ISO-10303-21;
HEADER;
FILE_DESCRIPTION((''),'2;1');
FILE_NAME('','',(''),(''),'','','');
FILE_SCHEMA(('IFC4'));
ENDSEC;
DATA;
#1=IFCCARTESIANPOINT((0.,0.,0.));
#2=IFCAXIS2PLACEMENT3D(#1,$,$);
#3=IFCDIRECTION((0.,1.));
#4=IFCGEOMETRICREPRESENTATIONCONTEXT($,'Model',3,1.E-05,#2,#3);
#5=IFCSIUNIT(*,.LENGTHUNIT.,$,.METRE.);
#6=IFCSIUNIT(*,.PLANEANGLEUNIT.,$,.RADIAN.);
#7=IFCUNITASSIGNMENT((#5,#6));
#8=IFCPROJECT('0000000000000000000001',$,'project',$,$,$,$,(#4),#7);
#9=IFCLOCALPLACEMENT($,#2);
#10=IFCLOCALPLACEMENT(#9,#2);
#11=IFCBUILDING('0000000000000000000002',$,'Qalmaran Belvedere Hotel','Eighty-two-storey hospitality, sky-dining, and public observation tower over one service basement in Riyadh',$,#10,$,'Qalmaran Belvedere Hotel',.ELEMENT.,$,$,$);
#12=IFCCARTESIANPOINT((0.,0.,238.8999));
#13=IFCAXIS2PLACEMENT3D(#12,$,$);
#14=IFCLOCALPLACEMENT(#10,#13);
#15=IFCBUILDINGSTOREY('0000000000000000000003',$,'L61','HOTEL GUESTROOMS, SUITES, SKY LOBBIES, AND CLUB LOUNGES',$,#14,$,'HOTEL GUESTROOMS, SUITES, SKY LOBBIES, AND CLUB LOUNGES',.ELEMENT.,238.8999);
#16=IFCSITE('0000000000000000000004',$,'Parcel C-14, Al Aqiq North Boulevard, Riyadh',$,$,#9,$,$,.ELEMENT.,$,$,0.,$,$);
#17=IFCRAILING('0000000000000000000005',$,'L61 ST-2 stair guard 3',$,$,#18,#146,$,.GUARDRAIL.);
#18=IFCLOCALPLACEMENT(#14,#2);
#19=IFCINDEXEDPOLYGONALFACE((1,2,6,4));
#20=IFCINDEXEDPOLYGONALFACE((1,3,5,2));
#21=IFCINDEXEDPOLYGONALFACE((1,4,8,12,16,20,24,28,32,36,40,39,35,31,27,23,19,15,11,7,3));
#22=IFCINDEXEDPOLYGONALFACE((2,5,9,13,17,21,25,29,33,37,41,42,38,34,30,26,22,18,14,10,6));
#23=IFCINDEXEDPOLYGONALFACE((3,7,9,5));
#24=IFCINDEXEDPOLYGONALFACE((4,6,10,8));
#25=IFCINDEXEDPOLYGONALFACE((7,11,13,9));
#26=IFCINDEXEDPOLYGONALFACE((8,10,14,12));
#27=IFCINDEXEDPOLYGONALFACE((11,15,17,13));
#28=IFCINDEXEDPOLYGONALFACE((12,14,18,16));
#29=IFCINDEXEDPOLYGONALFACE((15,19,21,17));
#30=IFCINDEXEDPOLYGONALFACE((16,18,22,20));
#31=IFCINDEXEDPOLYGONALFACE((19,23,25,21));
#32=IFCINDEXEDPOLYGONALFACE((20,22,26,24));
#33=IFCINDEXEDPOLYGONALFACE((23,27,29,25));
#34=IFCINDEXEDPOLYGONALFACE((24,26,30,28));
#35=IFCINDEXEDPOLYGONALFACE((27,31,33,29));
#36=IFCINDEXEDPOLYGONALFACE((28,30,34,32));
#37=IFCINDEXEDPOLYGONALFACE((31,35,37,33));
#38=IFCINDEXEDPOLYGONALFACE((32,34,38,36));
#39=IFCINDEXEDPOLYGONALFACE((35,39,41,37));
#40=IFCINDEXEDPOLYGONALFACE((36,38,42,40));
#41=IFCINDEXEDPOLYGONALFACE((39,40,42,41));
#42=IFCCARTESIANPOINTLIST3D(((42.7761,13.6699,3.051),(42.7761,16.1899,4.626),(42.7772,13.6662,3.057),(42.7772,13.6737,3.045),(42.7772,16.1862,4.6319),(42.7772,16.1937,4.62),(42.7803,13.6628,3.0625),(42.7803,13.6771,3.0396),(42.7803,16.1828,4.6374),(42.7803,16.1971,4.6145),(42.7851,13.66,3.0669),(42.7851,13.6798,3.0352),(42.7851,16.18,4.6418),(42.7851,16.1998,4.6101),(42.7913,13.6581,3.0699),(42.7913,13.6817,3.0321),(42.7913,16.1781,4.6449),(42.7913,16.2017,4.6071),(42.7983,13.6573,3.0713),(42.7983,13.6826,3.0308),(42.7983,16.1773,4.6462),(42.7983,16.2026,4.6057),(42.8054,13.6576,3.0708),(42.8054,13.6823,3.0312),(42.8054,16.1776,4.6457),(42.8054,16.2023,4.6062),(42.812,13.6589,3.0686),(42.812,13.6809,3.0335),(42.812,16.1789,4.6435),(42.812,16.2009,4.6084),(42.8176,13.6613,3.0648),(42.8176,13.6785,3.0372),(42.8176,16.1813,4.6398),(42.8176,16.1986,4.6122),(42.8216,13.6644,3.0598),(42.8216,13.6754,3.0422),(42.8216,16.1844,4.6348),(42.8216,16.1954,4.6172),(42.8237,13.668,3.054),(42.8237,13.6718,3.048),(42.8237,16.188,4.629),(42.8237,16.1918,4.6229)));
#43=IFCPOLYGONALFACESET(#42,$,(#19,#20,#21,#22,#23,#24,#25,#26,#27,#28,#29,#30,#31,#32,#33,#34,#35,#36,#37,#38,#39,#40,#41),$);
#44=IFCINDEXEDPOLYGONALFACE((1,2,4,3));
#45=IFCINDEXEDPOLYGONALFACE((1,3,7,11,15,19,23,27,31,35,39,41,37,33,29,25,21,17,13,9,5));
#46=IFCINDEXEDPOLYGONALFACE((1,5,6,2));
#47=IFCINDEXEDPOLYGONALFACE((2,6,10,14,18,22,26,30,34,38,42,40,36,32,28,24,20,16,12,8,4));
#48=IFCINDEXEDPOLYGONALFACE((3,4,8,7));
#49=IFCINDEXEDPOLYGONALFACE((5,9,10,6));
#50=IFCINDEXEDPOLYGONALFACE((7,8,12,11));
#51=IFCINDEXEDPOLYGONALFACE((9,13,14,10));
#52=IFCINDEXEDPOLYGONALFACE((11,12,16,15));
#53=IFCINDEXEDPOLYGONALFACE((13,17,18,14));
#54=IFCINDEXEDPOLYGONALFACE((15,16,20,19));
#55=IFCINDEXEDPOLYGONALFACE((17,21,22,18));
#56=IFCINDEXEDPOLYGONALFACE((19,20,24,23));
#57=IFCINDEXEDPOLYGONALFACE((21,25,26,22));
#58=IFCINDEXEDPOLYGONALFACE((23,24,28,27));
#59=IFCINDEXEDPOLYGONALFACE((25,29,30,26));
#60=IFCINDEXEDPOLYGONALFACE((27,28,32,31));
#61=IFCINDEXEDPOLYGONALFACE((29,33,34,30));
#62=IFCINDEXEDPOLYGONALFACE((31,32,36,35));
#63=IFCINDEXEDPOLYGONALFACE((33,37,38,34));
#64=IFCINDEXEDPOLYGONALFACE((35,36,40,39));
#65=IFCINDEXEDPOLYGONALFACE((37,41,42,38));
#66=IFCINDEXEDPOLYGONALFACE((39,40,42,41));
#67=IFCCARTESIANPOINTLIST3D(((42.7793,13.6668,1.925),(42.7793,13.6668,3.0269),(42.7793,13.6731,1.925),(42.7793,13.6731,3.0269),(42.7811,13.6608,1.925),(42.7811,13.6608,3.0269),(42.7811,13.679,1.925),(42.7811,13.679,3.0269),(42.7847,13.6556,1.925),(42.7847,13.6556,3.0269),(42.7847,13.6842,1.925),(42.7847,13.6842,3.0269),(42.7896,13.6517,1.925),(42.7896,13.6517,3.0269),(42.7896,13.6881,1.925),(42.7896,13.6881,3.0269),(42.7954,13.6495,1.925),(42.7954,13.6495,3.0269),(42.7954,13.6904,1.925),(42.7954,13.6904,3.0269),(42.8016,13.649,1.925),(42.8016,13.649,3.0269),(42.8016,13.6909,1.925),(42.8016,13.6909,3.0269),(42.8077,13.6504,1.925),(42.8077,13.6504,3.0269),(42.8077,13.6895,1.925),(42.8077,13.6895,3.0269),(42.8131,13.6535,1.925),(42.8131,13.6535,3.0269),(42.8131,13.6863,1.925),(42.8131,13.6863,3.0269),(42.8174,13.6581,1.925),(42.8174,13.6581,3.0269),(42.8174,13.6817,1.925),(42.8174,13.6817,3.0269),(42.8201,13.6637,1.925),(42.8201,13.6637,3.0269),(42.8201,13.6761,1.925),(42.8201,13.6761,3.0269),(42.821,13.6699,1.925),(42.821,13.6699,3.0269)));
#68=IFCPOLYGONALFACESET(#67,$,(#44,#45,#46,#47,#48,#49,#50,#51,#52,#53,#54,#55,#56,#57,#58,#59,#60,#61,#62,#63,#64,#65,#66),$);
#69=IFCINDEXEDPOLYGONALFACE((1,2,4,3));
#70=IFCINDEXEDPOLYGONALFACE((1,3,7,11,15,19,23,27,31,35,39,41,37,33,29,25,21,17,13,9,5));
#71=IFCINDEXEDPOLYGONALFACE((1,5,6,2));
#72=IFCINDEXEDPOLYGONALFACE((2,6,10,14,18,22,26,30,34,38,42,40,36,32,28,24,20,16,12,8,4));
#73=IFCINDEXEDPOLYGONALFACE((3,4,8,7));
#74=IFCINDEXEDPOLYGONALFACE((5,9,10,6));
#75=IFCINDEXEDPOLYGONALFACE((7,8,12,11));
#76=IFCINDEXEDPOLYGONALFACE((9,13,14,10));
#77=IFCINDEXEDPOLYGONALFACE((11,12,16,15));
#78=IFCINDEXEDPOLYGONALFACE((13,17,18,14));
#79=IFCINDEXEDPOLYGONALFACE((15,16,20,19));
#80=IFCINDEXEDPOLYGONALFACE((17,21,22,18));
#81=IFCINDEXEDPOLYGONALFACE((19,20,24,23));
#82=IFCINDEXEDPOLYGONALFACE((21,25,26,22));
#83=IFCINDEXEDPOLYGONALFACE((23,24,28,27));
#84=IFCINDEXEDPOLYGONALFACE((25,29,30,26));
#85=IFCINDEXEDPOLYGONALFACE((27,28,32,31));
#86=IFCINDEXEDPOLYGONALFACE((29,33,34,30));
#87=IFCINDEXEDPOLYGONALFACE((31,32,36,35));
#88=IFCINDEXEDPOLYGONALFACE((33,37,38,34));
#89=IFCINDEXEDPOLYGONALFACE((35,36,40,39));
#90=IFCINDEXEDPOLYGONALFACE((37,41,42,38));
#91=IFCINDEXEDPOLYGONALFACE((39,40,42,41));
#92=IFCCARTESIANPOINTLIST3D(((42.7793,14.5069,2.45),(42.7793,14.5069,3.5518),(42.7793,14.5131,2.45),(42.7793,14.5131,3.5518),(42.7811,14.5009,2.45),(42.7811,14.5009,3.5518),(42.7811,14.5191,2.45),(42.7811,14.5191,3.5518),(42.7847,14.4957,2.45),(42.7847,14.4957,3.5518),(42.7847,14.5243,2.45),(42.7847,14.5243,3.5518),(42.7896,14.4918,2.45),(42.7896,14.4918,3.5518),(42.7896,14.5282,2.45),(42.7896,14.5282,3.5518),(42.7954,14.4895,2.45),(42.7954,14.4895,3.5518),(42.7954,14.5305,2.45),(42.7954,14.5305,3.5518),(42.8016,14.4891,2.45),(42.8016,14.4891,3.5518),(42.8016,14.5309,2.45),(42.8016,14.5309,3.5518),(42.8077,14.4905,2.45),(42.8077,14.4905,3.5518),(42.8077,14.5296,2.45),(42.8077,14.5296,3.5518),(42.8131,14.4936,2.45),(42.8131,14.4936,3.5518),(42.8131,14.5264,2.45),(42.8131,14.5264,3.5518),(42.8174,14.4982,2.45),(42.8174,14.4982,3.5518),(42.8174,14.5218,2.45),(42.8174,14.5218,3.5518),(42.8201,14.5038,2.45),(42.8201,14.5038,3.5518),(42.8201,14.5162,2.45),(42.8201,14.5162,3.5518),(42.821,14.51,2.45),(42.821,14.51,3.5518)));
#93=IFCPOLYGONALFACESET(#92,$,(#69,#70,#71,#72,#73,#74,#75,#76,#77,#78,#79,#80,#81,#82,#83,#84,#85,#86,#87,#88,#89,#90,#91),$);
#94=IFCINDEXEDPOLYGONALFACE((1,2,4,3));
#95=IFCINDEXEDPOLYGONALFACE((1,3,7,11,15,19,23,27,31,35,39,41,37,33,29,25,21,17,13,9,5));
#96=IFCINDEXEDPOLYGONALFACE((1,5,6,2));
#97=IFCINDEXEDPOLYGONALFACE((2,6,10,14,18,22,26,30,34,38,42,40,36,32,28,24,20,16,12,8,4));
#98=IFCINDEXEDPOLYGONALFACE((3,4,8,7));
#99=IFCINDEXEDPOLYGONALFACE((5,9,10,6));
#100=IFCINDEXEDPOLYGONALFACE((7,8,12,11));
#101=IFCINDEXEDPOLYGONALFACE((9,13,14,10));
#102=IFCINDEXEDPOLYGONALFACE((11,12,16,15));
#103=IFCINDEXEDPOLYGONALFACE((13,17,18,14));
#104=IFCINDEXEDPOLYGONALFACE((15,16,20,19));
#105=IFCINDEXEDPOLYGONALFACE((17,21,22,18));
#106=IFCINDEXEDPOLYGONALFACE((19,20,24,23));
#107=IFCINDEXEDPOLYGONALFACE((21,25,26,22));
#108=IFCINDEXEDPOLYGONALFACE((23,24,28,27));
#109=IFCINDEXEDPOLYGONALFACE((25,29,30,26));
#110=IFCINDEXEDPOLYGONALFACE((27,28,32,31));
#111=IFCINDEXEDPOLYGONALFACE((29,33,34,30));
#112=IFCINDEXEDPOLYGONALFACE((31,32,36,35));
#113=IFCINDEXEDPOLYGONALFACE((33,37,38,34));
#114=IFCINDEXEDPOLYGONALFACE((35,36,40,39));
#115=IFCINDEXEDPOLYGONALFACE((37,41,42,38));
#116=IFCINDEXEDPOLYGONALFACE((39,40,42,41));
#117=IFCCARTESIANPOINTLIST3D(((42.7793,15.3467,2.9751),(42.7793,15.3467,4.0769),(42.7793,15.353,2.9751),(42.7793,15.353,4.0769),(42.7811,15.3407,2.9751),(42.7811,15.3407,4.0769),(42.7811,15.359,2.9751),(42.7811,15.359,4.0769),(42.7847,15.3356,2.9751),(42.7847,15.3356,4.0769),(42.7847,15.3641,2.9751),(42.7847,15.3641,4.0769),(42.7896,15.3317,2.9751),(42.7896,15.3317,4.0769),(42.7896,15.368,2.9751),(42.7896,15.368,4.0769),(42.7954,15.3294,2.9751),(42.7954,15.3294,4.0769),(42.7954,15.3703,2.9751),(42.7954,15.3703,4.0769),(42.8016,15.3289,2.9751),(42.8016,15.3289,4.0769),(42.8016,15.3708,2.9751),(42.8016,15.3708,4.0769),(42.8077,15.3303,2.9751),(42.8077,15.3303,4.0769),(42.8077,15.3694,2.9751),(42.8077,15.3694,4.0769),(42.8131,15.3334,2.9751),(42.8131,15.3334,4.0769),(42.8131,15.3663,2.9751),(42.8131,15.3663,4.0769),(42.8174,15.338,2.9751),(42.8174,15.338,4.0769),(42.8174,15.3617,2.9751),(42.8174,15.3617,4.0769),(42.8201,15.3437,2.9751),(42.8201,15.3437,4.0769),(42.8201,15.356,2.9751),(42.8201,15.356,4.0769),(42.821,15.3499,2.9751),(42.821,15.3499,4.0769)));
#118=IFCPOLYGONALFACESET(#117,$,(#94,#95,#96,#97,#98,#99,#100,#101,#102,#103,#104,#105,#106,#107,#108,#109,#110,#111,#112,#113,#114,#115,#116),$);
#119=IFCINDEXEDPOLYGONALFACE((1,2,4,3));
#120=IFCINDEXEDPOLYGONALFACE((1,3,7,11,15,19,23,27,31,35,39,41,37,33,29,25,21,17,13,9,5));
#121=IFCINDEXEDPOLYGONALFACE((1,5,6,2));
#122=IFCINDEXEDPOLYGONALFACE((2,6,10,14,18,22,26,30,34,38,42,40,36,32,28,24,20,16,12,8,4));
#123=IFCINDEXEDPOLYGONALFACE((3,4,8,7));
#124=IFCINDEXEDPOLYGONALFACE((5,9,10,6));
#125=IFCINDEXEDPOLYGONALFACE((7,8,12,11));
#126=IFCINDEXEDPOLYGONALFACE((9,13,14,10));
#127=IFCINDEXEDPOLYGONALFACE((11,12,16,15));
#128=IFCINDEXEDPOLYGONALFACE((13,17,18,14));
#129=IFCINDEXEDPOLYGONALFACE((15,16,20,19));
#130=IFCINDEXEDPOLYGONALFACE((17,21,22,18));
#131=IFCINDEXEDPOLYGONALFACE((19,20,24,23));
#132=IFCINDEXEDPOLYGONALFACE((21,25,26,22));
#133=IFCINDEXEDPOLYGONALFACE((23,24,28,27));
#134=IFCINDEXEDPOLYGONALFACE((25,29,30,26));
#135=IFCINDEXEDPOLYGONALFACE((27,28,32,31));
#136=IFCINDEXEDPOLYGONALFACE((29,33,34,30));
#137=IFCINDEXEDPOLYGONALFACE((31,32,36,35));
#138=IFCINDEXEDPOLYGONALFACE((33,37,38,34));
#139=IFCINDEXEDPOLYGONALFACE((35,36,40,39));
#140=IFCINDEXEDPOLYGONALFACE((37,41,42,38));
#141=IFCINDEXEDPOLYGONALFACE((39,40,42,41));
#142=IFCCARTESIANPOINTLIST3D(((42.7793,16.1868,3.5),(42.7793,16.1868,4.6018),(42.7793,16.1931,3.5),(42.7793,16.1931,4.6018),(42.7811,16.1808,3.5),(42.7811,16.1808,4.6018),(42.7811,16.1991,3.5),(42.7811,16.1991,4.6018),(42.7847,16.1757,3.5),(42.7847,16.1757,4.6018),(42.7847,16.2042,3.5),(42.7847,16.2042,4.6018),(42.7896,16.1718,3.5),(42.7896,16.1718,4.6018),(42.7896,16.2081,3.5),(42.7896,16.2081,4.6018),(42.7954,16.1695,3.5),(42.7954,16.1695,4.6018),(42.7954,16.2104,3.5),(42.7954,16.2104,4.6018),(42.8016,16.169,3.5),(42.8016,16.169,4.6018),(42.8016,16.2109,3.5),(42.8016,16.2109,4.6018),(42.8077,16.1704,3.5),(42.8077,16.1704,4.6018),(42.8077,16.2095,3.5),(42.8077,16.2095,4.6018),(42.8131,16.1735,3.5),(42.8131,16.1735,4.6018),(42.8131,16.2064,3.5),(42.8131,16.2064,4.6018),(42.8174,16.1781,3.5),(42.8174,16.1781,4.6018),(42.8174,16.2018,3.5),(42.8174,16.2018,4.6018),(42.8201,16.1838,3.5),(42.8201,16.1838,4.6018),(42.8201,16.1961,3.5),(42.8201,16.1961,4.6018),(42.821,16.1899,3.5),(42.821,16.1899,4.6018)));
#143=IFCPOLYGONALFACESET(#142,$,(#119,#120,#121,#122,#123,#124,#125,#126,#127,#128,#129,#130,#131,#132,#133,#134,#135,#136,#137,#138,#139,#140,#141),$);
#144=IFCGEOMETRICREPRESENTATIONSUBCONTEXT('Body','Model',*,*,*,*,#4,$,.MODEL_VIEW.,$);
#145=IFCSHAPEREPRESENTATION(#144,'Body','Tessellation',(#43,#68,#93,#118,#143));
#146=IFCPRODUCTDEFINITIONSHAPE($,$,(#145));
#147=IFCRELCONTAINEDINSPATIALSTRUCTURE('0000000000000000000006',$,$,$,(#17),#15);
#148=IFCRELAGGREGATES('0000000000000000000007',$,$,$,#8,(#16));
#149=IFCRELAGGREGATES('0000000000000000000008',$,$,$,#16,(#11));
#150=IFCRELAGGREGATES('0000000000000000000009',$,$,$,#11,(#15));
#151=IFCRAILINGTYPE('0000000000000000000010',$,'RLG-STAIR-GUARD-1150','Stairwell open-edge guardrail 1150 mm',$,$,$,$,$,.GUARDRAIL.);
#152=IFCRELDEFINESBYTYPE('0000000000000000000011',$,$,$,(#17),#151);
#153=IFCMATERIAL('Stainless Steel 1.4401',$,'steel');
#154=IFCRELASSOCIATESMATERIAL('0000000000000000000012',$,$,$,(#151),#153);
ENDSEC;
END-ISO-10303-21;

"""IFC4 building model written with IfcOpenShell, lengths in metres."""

from ifc_helpers import new_model, si_unit, direction, frame, origin, origin_2d, place, context, subcontext, project, spatial, circle, extrude, material, type_object, element, save


model = new_model("IFC4")

# Units and contexts
model_context = context("Model", 3, precision=1e-05, world=origin(), true_north=direction((0.0, 1.0)))
body_context = subcontext(model_context, "Body", "Model", "MODEL_VIEW")
ifc_project = project(units=[si_unit("LENGTHUNIT", "METRE"), si_unit("PLANEANGLEUNIT", "RADIAN")], contexts=[model_context])

# Site, building, storey
site_placement = place(None, origin())
site = spatial("IfcSite", under=ifc_project, at=site_placement, Name="Parcel C-14, Al Aqiq North Boulevard, Riyadh", CompositionType="ELEMENT", RefElevation=0.0)
building_placement = place(site_placement, origin())
building = spatial("IfcBuilding", under=site, at=building_placement, Name="Qalmaran Belvedere Hotel", Description="Eighty-two-storey hospitality, sky-dining, and public observation tower over one service basement in Riyadh", LongName="Qalmaran Belvedere Hotel", CompositionType="ELEMENT")
storey_placement = place(building_placement, frame((0.0, 0.0, 238.8999)))
storey = spatial("IfcBuildingStorey", under=building, at=storey_placement, Name="L61", Description="HOTEL GUESTROOMS, SUITES, SKY LOBBIES, AND CLUB LOUNGES", LongName="HOTEL GUESTROOMS, SUITES, SKY LOBBIES, AND CLUB LOUNGES", CompositionType="ELEMENT", Elevation=238.8999)

# Railing
ifc_material_1 = material(Name="Stainless Steel 1.4401", Category="steel")
railing_type_1 = type_object("IfcRailingType", Name="RLG-STAIR-GUARD-1150", Description="Stairwell open-edge guardrail 1150 mm", PredefinedType="GUARDRAIL", material=ifc_material_1)
railing_1_placement = place(storey_placement, frame((42.8, 13.6699, 1.925)))
element("IfcRailing", 1, at=railing_1_placement, inside=storey, type_object=railing_type_1, Name="L61 ST-2 stair guard 3", PredefinedType="GUARDRAIL", context=body_context, shape_type="SweptSolid", body=[
    extrude(circle(Radius=0.0239, at=origin_2d()), frame((0.0, 0.0, 1.126), z_axis=(0.0, 0.848008, 0.529984), x_axis=(-1.0, 0.0, 0.0)), (0.0, 0.0, 1.0), 2.9717),
    extrude(circle(Radius=0.021, at=origin_2d()), origin(), (0.0, 0.0, 1.0), 1.1018),
    extrude(circle(Radius=0.021, at=origin_2d()), frame((0.0, 0.8401, 0.5249)), (0.0, 0.0, 1.0), 1.1018),
    extrude(circle(Radius=0.021, at=origin_2d()), frame((0.0, 1.6799, 1.05)), (0.0, 0.0, 1.0), 1.1018),
    extrude(circle(Radius=0.021, at=origin_2d()), frame((0.0, 2.52, 1.575)), (0.0, 0.0, 1.0), 1.1018),
])

save(model, "model.ifc")
